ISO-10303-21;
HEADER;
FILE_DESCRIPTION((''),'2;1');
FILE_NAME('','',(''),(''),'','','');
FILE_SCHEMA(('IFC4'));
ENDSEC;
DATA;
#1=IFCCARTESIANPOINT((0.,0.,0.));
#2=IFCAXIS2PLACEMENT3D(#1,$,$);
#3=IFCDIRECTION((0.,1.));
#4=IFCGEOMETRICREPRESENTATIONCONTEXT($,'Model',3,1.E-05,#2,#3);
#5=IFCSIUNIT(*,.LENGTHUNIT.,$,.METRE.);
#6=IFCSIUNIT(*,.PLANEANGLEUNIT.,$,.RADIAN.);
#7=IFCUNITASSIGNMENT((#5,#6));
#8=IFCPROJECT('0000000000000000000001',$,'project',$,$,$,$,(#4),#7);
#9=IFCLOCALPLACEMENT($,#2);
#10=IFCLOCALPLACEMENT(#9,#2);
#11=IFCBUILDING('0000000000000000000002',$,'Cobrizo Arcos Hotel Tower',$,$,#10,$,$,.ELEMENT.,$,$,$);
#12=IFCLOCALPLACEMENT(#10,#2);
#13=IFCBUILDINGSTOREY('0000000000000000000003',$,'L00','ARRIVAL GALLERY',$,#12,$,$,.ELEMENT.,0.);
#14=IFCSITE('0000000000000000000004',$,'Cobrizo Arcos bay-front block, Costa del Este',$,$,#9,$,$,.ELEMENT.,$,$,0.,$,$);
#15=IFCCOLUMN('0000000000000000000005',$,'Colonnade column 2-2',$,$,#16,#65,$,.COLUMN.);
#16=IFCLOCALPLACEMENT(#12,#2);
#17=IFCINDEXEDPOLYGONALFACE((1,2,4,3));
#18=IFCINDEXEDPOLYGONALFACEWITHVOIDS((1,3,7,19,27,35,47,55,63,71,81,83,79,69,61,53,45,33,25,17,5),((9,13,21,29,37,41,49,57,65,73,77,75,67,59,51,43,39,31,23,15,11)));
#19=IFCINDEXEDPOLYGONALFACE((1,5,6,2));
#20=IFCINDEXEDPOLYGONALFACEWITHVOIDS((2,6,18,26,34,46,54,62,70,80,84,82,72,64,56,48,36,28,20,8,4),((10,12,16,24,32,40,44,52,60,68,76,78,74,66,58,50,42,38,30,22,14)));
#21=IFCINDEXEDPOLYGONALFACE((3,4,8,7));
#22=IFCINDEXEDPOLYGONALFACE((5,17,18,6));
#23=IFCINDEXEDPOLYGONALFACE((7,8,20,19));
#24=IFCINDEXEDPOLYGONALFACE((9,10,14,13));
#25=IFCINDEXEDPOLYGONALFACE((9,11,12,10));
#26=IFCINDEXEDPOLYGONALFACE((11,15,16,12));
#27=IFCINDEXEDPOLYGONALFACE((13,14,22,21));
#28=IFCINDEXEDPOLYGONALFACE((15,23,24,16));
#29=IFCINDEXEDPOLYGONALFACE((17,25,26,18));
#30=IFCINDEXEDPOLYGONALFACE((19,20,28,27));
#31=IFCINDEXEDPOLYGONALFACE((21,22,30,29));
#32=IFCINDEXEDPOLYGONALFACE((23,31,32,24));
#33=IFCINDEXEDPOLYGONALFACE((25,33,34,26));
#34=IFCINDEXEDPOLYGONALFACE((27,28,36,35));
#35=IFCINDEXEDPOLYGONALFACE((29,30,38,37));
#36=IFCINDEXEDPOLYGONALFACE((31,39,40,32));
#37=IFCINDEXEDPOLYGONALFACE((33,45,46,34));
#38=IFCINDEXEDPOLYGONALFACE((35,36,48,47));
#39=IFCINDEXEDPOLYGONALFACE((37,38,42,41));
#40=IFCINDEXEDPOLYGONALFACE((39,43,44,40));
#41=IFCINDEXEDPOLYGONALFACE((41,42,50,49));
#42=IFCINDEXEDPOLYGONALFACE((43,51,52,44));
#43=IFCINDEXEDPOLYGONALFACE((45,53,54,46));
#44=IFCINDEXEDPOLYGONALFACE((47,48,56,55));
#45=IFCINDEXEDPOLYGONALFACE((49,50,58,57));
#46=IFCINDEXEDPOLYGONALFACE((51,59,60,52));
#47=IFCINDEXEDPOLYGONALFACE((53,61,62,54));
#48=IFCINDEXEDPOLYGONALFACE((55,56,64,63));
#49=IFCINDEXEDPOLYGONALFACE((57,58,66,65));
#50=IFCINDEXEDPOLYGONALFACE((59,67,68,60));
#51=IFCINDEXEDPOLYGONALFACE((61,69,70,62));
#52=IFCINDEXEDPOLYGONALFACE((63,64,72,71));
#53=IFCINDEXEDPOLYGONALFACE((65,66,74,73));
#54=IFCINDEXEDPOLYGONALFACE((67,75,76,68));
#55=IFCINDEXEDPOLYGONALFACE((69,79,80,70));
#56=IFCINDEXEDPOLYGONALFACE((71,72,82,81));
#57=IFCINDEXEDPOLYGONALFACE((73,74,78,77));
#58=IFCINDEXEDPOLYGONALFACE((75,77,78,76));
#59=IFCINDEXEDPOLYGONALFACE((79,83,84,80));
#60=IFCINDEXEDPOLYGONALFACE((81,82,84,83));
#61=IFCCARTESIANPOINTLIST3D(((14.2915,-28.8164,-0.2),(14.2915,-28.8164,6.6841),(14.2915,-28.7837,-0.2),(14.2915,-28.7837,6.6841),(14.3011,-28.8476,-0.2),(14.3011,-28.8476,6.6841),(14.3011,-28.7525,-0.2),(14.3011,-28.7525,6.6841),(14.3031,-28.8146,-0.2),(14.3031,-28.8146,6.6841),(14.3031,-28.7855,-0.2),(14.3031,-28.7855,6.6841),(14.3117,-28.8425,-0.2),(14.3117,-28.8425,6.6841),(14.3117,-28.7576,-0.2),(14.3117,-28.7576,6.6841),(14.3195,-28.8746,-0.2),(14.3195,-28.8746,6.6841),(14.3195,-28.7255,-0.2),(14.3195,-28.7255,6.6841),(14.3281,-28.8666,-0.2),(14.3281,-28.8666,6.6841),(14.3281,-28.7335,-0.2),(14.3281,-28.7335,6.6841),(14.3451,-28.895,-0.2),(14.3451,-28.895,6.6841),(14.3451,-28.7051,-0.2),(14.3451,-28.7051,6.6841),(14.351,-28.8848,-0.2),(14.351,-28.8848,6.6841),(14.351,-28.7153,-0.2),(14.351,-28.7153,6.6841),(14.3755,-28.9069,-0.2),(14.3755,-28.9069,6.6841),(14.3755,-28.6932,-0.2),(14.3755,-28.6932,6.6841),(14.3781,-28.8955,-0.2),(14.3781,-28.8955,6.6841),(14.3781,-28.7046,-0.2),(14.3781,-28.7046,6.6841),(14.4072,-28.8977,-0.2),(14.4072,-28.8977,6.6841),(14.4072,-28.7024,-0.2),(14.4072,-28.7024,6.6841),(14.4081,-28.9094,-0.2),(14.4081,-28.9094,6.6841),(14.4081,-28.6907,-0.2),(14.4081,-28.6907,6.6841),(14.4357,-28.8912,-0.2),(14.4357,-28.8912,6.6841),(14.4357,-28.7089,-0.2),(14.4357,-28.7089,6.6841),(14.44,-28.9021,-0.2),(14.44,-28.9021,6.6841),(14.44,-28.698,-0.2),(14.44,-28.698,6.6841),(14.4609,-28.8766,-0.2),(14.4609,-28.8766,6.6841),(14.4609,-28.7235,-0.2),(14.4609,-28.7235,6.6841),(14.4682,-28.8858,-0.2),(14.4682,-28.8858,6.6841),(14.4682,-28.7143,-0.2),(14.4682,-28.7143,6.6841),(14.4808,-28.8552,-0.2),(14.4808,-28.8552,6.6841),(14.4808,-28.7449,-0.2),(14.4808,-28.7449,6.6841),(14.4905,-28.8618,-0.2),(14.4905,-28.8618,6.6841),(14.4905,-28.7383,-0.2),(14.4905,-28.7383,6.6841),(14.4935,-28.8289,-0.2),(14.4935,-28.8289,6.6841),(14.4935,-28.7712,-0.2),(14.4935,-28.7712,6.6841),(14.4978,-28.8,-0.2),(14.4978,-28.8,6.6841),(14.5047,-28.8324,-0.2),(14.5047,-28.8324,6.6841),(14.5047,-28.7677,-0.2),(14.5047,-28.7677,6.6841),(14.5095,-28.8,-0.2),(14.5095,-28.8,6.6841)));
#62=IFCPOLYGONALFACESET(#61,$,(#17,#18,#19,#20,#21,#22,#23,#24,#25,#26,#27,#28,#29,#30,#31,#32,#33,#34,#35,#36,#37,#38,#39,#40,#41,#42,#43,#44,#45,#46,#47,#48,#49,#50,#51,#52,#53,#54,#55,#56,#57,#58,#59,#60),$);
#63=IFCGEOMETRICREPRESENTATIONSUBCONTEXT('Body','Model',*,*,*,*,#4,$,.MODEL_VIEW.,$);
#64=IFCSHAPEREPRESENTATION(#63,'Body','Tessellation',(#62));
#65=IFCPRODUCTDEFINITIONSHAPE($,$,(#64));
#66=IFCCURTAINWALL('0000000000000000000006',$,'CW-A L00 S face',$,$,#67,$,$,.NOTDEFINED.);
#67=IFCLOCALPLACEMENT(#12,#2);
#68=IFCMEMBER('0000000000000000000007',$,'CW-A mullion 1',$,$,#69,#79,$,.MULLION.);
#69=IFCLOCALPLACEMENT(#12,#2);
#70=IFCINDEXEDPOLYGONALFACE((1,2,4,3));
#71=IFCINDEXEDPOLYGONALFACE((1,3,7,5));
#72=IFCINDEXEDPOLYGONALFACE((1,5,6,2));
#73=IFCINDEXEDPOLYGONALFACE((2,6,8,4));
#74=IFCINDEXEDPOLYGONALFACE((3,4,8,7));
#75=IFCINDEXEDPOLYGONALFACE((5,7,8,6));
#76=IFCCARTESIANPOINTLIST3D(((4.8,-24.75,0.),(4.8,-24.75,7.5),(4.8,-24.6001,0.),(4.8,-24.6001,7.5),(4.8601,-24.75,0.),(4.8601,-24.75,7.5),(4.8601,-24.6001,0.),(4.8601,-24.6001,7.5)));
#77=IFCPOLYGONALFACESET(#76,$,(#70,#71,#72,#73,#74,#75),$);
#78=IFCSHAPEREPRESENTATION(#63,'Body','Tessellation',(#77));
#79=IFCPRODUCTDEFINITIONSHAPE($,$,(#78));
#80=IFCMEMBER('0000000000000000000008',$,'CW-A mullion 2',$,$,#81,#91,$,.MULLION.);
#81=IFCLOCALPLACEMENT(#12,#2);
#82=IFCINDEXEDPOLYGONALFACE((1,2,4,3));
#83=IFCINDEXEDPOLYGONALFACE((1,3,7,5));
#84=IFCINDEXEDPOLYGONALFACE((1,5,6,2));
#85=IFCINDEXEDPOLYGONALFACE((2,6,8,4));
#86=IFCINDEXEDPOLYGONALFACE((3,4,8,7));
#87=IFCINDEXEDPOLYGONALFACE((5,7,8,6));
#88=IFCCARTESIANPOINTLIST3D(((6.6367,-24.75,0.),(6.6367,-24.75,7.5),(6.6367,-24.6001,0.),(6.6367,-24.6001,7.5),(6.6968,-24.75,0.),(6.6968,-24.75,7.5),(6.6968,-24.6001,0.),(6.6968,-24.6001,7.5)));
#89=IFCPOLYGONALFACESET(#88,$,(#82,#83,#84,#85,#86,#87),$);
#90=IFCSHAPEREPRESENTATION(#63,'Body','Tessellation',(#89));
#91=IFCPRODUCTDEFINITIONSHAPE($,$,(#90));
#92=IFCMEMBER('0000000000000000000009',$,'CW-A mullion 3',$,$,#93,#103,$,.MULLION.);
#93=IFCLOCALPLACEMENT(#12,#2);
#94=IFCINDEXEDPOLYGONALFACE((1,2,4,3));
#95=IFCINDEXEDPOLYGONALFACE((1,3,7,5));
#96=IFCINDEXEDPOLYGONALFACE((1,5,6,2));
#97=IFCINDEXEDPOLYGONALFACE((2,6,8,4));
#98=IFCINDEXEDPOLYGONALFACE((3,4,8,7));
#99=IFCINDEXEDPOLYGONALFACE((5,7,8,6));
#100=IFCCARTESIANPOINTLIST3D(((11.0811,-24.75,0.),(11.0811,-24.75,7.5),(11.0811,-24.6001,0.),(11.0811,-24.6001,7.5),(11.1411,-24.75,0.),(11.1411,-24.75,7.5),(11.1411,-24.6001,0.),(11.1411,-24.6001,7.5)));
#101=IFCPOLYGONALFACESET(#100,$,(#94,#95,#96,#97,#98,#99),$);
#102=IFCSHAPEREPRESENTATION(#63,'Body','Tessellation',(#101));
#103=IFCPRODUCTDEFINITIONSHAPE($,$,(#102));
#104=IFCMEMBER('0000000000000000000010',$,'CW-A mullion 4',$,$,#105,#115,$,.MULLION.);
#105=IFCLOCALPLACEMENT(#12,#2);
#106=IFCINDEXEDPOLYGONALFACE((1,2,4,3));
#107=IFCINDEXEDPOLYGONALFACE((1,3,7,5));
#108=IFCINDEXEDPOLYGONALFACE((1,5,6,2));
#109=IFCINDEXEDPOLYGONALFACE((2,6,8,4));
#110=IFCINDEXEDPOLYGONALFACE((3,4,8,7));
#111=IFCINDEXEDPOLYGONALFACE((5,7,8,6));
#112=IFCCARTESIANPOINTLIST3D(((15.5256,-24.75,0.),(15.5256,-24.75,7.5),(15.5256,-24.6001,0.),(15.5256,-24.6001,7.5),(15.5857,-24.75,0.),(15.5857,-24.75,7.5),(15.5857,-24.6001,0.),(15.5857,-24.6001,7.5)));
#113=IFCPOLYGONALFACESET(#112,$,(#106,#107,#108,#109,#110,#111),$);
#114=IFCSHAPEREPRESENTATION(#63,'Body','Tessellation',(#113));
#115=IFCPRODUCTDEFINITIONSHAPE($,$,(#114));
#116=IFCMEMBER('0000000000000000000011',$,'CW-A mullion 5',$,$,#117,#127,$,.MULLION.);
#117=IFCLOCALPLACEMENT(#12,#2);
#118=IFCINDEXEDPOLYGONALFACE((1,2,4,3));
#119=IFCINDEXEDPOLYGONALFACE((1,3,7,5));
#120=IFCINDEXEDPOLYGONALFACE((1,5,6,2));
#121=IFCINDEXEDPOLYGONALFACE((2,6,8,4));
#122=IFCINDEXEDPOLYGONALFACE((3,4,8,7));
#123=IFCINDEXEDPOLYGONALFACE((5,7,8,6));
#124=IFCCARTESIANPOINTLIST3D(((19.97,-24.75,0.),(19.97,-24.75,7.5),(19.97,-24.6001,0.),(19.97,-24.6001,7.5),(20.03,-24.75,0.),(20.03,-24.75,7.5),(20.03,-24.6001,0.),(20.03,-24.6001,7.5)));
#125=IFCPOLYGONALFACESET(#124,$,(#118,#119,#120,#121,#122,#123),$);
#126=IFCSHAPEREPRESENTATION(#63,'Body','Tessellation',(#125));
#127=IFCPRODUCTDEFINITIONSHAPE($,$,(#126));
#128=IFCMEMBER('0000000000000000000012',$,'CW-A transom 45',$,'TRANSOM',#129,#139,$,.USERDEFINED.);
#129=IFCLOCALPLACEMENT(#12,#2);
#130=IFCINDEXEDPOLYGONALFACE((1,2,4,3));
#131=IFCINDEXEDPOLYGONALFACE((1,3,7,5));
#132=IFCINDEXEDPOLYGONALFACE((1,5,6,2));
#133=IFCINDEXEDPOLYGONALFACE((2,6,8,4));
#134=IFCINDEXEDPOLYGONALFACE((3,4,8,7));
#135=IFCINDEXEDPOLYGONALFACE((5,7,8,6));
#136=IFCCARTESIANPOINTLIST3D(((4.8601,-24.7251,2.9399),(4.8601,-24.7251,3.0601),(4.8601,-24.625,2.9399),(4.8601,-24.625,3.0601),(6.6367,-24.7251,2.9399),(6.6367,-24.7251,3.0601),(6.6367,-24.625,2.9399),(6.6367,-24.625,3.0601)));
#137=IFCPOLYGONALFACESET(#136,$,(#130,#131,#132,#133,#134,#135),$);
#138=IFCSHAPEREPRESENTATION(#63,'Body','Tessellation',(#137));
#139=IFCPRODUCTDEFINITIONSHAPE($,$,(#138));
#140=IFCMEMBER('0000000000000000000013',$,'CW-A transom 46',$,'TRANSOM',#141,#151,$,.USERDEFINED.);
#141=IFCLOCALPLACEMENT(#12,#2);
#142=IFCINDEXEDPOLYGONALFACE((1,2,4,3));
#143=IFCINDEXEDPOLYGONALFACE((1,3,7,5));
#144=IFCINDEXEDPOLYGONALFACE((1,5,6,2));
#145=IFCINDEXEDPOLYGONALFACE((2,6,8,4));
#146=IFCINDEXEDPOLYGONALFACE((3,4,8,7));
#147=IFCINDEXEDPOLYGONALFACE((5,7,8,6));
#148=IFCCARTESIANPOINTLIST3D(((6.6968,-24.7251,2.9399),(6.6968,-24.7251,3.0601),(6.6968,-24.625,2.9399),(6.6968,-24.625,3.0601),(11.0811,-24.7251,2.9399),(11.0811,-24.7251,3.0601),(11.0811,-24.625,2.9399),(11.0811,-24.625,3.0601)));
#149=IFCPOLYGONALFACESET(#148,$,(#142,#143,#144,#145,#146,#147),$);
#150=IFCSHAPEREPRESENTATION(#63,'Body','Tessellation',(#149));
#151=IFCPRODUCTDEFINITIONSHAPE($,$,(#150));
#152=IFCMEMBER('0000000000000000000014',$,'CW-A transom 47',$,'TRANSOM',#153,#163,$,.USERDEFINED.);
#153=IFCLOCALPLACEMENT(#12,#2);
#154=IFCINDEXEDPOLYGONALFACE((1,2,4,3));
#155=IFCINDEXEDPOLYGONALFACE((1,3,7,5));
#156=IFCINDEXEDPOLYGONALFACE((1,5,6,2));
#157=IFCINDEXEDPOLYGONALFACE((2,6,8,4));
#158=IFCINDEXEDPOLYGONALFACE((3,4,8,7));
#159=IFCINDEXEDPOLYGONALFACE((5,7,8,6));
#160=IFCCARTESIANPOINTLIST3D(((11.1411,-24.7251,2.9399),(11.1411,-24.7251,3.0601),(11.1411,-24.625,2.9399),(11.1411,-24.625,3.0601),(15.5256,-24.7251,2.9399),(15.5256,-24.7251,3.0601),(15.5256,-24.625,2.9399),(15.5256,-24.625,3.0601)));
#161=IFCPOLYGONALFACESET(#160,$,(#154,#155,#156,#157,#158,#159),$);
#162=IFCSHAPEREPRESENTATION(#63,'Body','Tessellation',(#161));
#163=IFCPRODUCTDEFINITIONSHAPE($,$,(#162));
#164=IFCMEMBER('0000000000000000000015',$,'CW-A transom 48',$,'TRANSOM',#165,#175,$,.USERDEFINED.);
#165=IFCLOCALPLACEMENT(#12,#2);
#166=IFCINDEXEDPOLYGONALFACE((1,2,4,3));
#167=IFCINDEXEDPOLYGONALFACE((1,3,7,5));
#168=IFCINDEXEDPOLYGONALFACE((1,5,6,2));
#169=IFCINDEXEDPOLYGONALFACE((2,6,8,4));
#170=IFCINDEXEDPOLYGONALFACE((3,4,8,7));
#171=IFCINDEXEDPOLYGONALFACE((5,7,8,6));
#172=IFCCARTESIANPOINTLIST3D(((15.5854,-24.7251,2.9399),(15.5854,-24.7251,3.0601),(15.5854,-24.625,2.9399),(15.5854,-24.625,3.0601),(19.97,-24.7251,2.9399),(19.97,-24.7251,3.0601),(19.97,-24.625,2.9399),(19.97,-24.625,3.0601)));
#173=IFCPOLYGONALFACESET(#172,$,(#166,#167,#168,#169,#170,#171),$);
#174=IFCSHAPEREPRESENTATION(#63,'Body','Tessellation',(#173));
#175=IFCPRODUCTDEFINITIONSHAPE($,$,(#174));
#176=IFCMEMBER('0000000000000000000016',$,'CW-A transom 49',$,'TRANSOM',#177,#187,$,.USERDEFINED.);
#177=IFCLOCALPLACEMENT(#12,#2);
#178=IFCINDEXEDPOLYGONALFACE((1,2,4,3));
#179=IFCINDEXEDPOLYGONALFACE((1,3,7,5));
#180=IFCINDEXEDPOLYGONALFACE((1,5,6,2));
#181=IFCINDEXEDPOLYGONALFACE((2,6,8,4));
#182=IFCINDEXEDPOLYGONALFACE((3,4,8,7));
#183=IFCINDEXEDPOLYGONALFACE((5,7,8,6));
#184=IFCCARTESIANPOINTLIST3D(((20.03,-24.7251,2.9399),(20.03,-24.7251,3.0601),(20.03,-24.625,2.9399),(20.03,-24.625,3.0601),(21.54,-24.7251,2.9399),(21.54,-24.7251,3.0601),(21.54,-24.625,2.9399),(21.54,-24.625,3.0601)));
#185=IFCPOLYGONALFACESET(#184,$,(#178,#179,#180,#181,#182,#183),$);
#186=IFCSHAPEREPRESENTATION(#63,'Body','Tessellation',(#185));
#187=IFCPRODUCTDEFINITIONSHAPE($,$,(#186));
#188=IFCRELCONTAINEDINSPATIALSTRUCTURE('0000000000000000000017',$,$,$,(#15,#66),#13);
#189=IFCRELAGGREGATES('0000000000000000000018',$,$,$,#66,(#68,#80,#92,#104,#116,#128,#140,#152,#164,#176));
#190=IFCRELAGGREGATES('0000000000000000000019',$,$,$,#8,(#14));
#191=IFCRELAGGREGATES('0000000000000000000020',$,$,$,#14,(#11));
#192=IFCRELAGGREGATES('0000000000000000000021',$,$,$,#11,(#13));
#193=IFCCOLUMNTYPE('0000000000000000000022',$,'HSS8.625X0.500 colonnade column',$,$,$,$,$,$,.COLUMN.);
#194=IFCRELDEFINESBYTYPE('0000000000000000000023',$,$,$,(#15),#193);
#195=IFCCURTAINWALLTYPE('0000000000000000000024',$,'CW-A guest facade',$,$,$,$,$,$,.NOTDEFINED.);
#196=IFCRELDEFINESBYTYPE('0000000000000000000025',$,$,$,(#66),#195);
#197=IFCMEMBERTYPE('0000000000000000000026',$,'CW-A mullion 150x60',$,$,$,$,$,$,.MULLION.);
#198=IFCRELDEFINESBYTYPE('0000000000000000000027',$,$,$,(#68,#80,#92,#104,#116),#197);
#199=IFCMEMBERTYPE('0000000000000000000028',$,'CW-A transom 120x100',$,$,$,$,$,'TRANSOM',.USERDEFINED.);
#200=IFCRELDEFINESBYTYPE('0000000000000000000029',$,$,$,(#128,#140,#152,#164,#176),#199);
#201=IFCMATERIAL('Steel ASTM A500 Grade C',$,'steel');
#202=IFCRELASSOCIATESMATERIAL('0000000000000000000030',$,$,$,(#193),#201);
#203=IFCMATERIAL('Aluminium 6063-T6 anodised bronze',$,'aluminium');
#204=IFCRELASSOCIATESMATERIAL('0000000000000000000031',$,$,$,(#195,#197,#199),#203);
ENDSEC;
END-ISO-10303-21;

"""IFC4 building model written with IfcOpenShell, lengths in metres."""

from ifc_helpers import new_model, si_unit, direction, frame, origin, origin_2d, place, context, subcontext, project, spatial, rectangle, hollow_circle, extrude, material, material_profile, profile_set, type_object, element, aggregate, save


model = new_model("IFC4")

# Units and contexts
model_context = context("Model", 3, precision=1e-05, world=origin(), true_north=direction((0.0, 1.0)))
body_context = subcontext(model_context, "Body", "Model", "MODEL_VIEW")
ifc_project = project(units=[si_unit("LENGTHUNIT", "METRE"), si_unit("PLANEANGLEUNIT", "RADIAN")], contexts=[model_context])

# Site, building, storey
site_placement = place(None, origin())
site = spatial("IfcSite", under=ifc_project, at=site_placement, Name="Cobrizo Arcos bay-front block, Costa del Este", CompositionType="ELEMENT", RefElevation=0.0)
building_placement = place(site_placement, origin())
building = spatial("IfcBuilding", under=site, at=building_placement, Name="Cobrizo Arcos Hotel Tower", CompositionType="ELEMENT")
storey_placement = place(building_placement, origin())
storey = spatial("IfcBuildingStorey", under=building, at=storey_placement, Name="L00", Description="ARRIVAL GALLERY", CompositionType="ELEMENT", Elevation=0.0)

# Column
ifc_material_1 = material(Name="Steel ASTM A500 Grade C", Category="steel")
ifc_material_profile_1 = material_profile(ifc_material_1, hollow_circle(Radius=0.1096, WallThickness=0.0117, at=origin_2d()), Name="HSS8.625X0.500")
ifc_profile_set_1 = profile_set([ifc_material_profile_1], Name="Steel ASTM A500 Grade C")
column_type_1 = type_object("IfcColumnType", Name="HSS8.625X0.500 colonnade column", PredefinedType="COLUMN", material=ifc_profile_set_1)
column_1_placement = place(storey_placement, frame((14.3999, -28.8, -0.2), z_axis=(0.0, 0.0, 1.0), x_axis=(1.0, 0.0, 0.0)))
element("IfcColumn", 1, at=column_1_placement, inside=storey, type_object=column_type_1, Name="Colonnade column 2-2", PredefinedType="COLUMN", context=body_context, shape_type="SweptSolid", body=[
    extrude(hollow_circle(Radius=0.1096, WallThickness=0.0117, at=origin_2d()), origin(), (0.0, 0.0, 1.0), 6.884),
])

# Curtain wall, members
ifc_material_2 = material(Name="Aluminium 6063-T6 anodised bronze", Category="aluminium")
curtain_wall_type = type_object("IfcCurtainWallType", Name="CW-A guest facade", PredefinedType="NOTDEFINED", material=ifc_material_2)
curtain_wall_placement = place(storey_placement, origin())
curtain_wall = element("IfcCurtainWall", 2, at=curtain_wall_placement, inside=storey, type_object=curtain_wall_type, Name="CW-A L00 S face", PredefinedType="NOTDEFINED")
ifc_material_profile_2 = material_profile(ifc_material_2, rectangle(XDim=0.1499, YDim=0.0601, at=origin_2d()), Name="CW-A mullion 150x60")
ifc_profile_set_2 = profile_set([ifc_material_profile_2], Name="Aluminium 6063-T6 anodised bronze")
member_type_1 = type_object("IfcMemberType", Name="CW-A mullion 150x60", PredefinedType="MULLION", material=ifc_profile_set_2)
member_1_placement = place(storey_placement, frame((4.8301, -24.675, 0.0), z_axis=(0.0, 0.0, 1.0), x_axis=(0.0, -1.0, 0.0)))
member_1 = element("IfcMember", 3, at=member_1_placement, type_object=member_type_1, Name="CW-A mullion 1", PredefinedType="MULLION", context=body_context, shape_type="SweptSolid", body=[
    extrude(rectangle(XDim=0.1499, YDim=0.0601, at=origin_2d()), origin(), (0.0, 0.0, 1.0), 7.5),
])
member_2_placement = place(storey_placement, frame((6.6667, -24.675, 0.0), z_axis=(0.0, 0.0, 1.0), x_axis=(0.0, -1.0, 0.0)))
member_2 = element("IfcMember", 4, at=member_2_placement, type_object=member_type_1, Name="CW-A mullion 2", PredefinedType="MULLION", context=body_context, shape_type="SweptSolid", body=[
    extrude(rectangle(XDim=0.1499, YDim=0.0601, at=origin_2d()), origin(), (0.0, 0.0, 1.0), 7.5),
])
member_3_placement = place(storey_placement, frame((11.1111, -24.675, 0.0), z_axis=(0.0, 0.0, 1.0), x_axis=(0.0, -1.0, 0.0)))
member_3 = element("IfcMember", 5, at=member_3_placement, type_object=member_type_1, Name="CW-A mullion 3", PredefinedType="MULLION", context=body_context, shape_type="SweptSolid", body=[
    extrude(rectangle(XDim=0.1499, YDim=0.0601, at=origin_2d()), origin(), (0.0, 0.0, 1.0), 7.5),
])
member_4_placement = place(storey_placement, frame((15.5557, -24.675, 0.0), z_axis=(0.0, 0.0, 1.0), x_axis=(0.0, -1.0, 0.0)))
member_4 = element("IfcMember", 6, at=member_4_placement, type_object=member_type_1, Name="CW-A mullion 4", PredefinedType="MULLION", context=body_context, shape_type="SweptSolid", body=[
    extrude(rectangle(XDim=0.1499, YDim=0.0601, at=origin_2d()), origin(), (0.0, 0.0, 1.0), 7.5),
])
member_5_placement = place(storey_placement, frame((20.0, -24.675, 0.0), z_axis=(0.0, 0.0, 1.0), x_axis=(0.0, -1.0, 0.0)))
member_5 = element("IfcMember", 7, at=member_5_placement, type_object=member_type_1, Name="CW-A mullion 5", PredefinedType="MULLION", context=body_context, shape_type="SweptSolid", body=[
    extrude(rectangle(XDim=0.1499, YDim=0.0601, at=origin_2d()), origin(), (0.0, 0.0, 1.0), 7.5),
])
ifc_material_profile_3 = material_profile(ifc_material_2, rectangle(XDim=0.1001, YDim=0.1201, at=origin_2d()), Name="CW-A transom 120x100")
ifc_profile_set_3 = profile_set([ifc_material_profile_3], Name="Aluminium 6063-T6 anodised bronze")
member_type_2 = type_object("IfcMemberType", Name="CW-A transom 120x100", ElementType="TRANSOM", PredefinedType="USERDEFINED", material=ifc_profile_set_3)
member_6_placement = place(storey_placement, frame((4.8601, -24.675, 3.0), z_axis=(1.0, 0.0, 0.0), x_axis=(0.0, 1.0, 0.0)))
member_6 = element("IfcMember", 8, at=member_6_placement, type_object=member_type_2, Name="CW-A transom 45", ObjectType="TRANSOM", PredefinedType="USERDEFINED", context=body_context, shape_type="SweptSolid", body=[
    extrude(rectangle(XDim=0.1001, YDim=0.1201, at=origin_2d()), origin(), (0.0, 0.0, 1.0), 1.7766),
])
member_7_placement = place(storey_placement, frame((6.6968, -24.675, 3.0), z_axis=(1.0, 0.0, 0.0), x_axis=(0.0, 1.0, 0.0)))
member_7 = element("IfcMember", 9, at=member_7_placement, type_object=member_type_2, Name="CW-A transom 46", ObjectType="TRANSOM", PredefinedType="USERDEFINED", context=body_context, shape_type="SweptSolid", body=[
    extrude(rectangle(XDim=0.1001, YDim=0.1201, at=origin_2d()), origin(), (0.0, 0.0, 1.0), 4.3843),
])
member_8_placement = place(storey_placement, frame((11.1411, -24.675, 3.0), z_axis=(1.0, 0.0, 0.0), x_axis=(0.0, 1.0, 0.0)))
member_8 = element("IfcMember", 10, at=member_8_placement, type_object=member_type_2, Name="CW-A transom 47", ObjectType="TRANSOM", PredefinedType="USERDEFINED", context=body_context, shape_type="SweptSolid", body=[
    extrude(rectangle(XDim=0.1001, YDim=0.1201, at=origin_2d()), origin(), (0.0, 0.0, 1.0), 4.3845),
])
member_9_placement = place(storey_placement, frame((15.5854, -24.675, 3.0), z_axis=(1.0, 0.0, 0.0), x_axis=(0.0, 1.0, 0.0)))
member_9 = element("IfcMember", 11, at=member_9_placement, type_object=member_type_2, Name="CW-A transom 48", ObjectType="TRANSOM", PredefinedType="USERDEFINED", context=body_context, shape_type="SweptSolid", body=[
    extrude(rectangle(XDim=0.1001, YDim=0.1201, at=origin_2d()), origin(), (0.0, 0.0, 1.0), 4.3845),
])
member_10_placement = place(storey_placement, frame((20.03, -24.675, 3.0), z_axis=(1.0, 0.0, 0.0), x_axis=(0.0, 1.0, 0.0)))
member_10 = element("IfcMember", 12, at=member_10_placement, type_object=member_type_2, Name="CW-A transom 49", ObjectType="TRANSOM", PredefinedType="USERDEFINED", context=body_context, shape_type="SweptSolid", body=[
    extrude(rectangle(XDim=0.1001, YDim=0.1201, at=origin_2d()), origin(), (0.0, 0.0, 1.0), 1.51),
])

aggregate(curtain_wall, [member_1, member_2, member_3, member_4, member_5, member_6, member_7, member_8, member_9, member_10])

save(model, "model.ifc")
